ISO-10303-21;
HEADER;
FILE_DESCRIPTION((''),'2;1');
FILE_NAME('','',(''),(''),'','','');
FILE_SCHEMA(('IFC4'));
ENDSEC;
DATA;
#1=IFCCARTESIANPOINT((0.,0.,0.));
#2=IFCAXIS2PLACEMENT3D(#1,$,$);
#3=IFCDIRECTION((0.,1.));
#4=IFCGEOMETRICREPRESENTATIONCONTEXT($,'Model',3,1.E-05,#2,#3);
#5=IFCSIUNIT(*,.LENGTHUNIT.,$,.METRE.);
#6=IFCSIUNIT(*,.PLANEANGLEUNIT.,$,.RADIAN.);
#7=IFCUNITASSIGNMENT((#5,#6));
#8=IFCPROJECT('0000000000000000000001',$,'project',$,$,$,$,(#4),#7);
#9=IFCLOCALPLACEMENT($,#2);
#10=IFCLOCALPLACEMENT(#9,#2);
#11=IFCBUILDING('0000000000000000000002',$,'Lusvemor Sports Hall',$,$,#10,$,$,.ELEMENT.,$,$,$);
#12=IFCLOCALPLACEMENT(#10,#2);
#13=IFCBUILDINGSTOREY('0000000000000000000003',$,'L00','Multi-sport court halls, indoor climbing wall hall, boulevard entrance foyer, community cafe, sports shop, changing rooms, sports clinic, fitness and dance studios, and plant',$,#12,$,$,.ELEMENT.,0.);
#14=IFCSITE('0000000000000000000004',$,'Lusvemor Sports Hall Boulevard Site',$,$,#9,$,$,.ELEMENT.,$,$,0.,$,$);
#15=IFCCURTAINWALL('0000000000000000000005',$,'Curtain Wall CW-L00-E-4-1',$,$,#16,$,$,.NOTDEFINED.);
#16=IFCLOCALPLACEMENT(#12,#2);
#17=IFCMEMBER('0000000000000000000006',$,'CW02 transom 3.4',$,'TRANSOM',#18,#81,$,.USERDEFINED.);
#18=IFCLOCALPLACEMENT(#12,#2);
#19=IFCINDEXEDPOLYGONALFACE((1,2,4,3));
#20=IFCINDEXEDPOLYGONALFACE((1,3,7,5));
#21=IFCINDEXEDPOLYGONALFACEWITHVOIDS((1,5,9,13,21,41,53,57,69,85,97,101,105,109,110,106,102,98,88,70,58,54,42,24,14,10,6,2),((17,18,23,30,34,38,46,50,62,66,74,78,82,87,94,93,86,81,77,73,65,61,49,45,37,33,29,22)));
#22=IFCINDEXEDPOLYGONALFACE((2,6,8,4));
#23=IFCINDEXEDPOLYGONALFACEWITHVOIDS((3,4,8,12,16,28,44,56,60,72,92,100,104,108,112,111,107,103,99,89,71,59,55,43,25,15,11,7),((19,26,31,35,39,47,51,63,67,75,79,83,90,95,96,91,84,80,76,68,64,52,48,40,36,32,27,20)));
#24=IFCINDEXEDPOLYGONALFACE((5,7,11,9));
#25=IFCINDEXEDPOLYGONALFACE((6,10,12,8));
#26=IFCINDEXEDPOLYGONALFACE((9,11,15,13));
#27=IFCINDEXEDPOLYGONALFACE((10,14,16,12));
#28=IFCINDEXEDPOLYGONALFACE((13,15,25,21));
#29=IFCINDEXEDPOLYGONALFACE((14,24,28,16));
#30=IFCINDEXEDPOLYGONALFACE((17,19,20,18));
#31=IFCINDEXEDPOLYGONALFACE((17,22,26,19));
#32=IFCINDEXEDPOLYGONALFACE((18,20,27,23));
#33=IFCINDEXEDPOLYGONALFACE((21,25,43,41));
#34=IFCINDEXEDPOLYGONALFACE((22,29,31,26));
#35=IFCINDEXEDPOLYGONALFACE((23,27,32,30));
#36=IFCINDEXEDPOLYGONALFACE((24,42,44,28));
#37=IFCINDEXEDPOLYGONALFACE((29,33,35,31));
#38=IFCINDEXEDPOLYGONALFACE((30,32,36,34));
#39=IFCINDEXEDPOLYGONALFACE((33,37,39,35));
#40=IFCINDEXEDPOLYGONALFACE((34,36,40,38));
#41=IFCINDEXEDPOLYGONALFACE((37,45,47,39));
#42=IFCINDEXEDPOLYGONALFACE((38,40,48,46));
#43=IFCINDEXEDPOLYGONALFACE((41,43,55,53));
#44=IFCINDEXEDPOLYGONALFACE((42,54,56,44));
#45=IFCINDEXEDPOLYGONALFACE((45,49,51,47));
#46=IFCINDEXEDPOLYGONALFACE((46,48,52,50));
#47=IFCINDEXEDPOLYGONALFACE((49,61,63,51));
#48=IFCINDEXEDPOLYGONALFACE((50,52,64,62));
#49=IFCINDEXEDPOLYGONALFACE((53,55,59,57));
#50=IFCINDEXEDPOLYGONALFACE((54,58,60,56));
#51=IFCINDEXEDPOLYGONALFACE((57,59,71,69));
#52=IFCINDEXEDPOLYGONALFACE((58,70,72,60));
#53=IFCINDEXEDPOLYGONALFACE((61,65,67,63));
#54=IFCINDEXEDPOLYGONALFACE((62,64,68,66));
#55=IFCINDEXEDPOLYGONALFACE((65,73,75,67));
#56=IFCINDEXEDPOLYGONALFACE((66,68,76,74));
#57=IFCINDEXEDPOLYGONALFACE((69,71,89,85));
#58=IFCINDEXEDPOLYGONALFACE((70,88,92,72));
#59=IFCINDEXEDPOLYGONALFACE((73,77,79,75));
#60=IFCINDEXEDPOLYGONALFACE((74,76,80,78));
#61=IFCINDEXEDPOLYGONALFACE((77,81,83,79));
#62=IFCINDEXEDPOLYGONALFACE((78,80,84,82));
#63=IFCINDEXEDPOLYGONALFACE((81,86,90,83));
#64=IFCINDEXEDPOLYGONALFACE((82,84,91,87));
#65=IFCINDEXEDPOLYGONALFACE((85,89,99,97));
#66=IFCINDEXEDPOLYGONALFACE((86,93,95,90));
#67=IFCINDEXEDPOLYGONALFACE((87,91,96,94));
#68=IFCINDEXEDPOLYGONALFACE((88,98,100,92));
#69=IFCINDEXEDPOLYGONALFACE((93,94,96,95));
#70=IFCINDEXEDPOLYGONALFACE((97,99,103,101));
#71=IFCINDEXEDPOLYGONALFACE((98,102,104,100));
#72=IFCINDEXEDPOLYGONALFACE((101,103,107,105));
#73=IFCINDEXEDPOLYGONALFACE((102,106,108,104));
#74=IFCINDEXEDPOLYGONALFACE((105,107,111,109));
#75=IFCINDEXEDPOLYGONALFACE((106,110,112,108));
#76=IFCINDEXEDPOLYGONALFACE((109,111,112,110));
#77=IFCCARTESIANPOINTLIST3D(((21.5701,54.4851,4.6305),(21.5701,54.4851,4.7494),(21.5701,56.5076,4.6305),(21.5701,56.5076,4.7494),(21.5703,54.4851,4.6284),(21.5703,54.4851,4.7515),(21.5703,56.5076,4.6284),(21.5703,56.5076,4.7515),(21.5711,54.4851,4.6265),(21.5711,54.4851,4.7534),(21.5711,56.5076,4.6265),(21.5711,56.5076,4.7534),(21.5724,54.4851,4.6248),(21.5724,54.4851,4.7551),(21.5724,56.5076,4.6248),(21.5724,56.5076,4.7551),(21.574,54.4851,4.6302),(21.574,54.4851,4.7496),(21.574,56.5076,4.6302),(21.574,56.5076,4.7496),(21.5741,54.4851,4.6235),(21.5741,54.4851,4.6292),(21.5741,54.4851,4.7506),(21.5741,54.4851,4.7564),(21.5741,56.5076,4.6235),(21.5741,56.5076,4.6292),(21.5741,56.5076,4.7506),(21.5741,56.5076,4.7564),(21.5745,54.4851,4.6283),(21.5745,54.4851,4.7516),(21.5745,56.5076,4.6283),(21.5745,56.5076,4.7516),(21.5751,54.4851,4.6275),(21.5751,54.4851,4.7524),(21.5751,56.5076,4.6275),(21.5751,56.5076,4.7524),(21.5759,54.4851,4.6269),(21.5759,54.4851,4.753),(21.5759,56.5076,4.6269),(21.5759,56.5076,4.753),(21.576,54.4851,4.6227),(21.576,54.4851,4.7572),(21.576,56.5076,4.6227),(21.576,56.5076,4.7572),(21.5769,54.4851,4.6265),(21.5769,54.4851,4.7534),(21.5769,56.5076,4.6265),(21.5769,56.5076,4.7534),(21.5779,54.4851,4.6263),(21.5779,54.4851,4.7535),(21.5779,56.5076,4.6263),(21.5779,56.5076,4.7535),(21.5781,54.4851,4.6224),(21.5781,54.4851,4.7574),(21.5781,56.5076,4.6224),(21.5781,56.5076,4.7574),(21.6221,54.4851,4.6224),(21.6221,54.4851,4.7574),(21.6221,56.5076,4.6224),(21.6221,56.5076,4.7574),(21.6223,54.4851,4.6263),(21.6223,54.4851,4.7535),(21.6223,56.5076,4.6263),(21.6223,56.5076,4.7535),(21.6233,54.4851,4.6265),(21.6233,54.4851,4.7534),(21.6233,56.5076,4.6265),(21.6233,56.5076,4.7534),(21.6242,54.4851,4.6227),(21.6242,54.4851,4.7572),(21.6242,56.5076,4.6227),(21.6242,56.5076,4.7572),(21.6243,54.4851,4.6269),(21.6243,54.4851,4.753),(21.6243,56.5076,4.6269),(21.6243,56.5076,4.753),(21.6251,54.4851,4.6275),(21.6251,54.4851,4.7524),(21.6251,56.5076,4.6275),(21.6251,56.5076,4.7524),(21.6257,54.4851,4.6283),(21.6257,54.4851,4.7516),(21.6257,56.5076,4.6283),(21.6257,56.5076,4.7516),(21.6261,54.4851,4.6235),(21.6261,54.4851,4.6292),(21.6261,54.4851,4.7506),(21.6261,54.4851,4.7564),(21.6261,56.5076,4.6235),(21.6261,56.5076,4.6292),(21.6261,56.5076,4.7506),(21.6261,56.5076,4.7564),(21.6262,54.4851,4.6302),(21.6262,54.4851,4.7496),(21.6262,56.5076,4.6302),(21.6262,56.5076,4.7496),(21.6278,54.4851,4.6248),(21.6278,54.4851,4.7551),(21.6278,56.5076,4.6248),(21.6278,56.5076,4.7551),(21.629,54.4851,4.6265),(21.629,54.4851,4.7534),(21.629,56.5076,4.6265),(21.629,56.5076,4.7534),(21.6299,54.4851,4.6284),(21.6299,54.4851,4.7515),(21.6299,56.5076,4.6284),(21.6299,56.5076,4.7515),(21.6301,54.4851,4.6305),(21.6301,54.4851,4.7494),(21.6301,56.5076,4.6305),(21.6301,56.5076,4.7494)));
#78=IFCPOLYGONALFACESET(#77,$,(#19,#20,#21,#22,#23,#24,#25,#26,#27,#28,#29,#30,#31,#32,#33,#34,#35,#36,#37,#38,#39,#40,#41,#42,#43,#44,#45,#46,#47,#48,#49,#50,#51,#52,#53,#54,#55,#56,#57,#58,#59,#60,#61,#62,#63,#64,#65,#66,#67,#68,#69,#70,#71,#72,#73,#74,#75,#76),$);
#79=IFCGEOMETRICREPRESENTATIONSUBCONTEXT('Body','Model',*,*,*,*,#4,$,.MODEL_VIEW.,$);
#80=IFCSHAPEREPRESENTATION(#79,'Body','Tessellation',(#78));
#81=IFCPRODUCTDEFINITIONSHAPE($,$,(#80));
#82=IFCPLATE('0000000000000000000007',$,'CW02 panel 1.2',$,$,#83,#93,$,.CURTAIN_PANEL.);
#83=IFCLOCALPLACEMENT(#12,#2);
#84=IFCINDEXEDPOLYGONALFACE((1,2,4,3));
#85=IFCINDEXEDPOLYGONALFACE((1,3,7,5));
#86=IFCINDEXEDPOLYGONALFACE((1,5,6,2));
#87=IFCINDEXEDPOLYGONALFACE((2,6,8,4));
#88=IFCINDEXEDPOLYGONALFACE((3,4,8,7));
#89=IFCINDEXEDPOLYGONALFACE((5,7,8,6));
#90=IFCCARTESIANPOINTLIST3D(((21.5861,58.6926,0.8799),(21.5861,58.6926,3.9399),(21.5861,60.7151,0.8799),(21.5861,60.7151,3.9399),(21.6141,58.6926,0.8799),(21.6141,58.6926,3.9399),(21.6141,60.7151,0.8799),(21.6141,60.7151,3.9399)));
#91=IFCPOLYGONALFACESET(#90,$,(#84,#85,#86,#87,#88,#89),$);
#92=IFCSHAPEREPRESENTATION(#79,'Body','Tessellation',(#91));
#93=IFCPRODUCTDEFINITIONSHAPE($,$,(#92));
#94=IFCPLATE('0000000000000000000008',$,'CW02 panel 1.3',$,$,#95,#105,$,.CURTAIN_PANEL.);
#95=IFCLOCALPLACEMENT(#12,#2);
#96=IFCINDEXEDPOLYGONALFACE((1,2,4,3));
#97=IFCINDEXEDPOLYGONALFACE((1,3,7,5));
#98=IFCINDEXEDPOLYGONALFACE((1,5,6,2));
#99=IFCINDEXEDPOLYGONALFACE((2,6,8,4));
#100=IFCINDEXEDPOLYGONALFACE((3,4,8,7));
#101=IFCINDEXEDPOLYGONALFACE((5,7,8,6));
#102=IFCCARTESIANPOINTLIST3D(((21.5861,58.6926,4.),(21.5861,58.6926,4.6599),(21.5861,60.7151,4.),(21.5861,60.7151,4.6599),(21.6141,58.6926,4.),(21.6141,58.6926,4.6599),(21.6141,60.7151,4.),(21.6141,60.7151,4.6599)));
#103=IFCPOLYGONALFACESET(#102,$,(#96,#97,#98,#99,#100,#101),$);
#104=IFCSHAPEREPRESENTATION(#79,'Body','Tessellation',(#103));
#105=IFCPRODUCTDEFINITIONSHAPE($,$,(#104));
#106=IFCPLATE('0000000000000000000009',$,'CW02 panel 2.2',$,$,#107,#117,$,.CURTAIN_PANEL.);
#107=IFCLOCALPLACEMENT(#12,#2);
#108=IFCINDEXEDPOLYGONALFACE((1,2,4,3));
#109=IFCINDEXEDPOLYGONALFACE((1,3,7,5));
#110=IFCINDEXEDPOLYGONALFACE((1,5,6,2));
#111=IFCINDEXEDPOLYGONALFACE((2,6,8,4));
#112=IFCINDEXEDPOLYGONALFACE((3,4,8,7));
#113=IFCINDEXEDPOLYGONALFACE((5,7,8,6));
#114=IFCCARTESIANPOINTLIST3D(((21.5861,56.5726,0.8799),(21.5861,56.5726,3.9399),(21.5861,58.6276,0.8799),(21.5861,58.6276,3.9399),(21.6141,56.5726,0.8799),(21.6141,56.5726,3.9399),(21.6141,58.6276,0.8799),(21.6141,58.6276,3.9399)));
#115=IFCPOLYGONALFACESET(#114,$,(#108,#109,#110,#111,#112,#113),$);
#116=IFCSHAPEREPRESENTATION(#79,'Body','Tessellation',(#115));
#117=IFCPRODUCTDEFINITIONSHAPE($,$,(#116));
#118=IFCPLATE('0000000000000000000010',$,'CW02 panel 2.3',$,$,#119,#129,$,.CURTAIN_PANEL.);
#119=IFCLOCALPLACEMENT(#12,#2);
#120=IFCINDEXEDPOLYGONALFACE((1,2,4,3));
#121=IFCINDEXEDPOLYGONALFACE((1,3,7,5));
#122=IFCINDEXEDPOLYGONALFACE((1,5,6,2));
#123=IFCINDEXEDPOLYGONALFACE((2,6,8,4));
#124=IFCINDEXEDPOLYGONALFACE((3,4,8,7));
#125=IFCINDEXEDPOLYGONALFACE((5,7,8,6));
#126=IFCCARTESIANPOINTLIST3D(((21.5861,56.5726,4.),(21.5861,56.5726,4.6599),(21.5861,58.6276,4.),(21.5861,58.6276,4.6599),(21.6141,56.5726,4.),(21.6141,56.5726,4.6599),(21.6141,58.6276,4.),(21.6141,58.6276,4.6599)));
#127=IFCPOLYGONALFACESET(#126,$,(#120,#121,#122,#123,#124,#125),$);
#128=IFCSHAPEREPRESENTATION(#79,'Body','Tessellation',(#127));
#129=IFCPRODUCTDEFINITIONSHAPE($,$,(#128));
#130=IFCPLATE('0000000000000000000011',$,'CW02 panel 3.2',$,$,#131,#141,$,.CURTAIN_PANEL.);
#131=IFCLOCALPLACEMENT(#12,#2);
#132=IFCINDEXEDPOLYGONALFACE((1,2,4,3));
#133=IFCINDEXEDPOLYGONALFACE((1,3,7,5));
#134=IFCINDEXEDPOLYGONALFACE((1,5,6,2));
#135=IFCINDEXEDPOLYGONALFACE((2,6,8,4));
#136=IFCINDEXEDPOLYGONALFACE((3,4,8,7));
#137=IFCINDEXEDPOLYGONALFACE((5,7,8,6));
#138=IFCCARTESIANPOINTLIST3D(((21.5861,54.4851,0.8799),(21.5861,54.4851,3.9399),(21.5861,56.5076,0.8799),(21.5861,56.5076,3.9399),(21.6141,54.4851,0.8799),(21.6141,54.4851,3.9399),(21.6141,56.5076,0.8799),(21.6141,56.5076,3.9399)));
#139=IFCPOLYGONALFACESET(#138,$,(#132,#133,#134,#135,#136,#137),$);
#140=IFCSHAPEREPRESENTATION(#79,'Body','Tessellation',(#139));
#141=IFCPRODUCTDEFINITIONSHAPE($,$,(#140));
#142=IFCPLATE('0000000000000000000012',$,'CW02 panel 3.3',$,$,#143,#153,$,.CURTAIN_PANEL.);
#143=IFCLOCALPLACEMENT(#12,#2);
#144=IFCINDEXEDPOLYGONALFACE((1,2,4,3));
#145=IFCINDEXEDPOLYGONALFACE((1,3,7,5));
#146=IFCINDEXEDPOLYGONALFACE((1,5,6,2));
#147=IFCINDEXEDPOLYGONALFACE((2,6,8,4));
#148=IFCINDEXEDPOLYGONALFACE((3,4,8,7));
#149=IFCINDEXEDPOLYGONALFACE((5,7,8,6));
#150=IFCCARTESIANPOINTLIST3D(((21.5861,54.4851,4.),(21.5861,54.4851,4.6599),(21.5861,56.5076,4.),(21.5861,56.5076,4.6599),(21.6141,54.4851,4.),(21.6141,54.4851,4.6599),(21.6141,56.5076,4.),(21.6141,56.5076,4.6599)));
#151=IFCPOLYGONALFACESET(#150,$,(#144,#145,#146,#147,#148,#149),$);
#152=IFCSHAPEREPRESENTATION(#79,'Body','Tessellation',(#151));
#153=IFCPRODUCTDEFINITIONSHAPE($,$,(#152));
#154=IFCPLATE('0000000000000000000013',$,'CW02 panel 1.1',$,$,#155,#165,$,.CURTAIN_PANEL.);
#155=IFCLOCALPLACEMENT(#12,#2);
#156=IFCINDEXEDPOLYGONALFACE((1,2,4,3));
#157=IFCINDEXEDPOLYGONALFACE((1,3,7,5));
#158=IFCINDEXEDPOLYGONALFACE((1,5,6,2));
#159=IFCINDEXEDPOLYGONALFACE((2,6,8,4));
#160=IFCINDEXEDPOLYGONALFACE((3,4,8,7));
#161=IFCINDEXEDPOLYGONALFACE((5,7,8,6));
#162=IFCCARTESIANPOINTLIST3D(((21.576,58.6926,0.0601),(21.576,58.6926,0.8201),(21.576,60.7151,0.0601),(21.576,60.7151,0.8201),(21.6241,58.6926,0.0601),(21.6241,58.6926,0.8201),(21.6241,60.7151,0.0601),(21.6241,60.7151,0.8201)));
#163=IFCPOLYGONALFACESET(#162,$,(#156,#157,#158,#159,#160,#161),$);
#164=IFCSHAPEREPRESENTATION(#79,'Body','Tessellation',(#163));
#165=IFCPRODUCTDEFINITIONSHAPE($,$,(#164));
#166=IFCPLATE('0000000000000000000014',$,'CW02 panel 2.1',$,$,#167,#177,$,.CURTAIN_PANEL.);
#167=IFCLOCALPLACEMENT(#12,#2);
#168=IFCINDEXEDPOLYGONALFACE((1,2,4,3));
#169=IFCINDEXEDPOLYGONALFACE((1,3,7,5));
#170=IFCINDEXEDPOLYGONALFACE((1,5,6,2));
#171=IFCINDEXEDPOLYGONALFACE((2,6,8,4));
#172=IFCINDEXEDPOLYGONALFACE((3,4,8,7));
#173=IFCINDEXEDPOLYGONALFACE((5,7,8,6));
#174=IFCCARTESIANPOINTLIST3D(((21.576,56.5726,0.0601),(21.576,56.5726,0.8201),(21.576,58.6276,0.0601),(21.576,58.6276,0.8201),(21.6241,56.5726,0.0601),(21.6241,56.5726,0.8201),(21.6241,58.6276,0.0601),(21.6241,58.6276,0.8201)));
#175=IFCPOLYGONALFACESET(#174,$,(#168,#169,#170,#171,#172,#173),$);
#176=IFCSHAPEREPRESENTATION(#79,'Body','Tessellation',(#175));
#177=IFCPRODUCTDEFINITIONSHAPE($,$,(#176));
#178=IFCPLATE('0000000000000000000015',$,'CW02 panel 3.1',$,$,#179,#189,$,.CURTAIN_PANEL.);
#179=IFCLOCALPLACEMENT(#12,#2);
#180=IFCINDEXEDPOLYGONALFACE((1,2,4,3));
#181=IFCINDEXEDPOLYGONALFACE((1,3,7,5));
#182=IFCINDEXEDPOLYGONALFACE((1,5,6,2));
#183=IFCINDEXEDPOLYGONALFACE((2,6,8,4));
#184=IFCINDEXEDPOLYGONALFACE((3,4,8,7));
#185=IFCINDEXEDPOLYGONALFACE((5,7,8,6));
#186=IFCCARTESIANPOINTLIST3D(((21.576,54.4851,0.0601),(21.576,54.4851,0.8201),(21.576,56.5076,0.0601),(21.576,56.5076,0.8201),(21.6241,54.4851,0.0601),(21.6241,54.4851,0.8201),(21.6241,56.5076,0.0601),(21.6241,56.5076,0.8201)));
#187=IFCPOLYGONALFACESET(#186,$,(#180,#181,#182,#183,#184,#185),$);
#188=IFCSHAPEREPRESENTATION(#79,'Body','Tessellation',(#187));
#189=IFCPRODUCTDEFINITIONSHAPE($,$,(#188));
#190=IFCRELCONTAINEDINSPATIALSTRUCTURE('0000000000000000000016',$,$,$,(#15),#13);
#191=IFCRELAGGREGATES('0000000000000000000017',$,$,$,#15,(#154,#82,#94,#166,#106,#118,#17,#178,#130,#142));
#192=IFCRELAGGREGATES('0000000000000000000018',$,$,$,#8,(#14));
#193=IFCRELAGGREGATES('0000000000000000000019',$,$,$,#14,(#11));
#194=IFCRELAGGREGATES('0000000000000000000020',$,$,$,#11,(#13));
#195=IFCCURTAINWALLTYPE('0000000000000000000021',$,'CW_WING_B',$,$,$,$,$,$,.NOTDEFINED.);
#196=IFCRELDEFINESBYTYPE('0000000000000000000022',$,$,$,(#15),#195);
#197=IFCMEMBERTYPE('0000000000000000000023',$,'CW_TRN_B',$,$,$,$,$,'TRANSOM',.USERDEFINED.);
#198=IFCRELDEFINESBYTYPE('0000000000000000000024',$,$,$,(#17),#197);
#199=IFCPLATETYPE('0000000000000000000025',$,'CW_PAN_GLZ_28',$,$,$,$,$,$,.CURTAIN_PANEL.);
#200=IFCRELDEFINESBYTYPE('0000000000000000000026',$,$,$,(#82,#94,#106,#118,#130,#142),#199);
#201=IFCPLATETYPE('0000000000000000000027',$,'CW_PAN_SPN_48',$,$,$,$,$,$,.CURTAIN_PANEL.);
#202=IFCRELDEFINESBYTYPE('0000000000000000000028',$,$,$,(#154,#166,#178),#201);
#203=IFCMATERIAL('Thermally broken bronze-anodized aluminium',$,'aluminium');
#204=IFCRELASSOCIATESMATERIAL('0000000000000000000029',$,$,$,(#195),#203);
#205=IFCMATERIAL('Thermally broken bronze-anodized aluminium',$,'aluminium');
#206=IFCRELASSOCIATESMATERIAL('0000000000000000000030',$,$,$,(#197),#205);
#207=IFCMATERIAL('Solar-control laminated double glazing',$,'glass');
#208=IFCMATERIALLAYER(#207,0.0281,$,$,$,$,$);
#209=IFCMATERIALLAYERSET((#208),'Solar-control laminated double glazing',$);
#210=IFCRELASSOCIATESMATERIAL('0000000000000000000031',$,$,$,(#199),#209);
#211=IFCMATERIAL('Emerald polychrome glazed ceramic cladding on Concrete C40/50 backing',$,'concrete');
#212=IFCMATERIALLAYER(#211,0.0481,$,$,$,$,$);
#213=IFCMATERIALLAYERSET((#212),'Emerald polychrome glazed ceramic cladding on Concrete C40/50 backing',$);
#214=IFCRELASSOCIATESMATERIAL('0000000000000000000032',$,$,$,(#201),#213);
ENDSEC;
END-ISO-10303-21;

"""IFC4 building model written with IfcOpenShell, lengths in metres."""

from ifc_helpers import new_model, si_unit, direction, frame, origin, origin_2d, place, context, subcontext, project, spatial, rectangle, hollow_rectangle, extrude, material, layer, layer_set, material_profile, profile_set, type_object, element, aggregate, save


model = new_model("IFC4")

# Units and contexts
model_context = context("Model", 3, precision=1e-05, world=origin(), true_north=direction((0.0, 1.0)))
body_context = subcontext(model_context, "Body", "Model", "MODEL_VIEW")
ifc_project = project(units=[si_unit("LENGTHUNIT", "METRE"), si_unit("PLANEANGLEUNIT", "RADIAN")], contexts=[model_context])

# Site, building, storey
site_placement = place(None, origin())
site = spatial("IfcSite", under=ifc_project, at=site_placement, Name="Lusvemor Sports Hall Boulevard Site", CompositionType="ELEMENT", RefElevation=0.0)
building_placement = place(site_placement, origin())
building = spatial("IfcBuilding", under=site, at=building_placement, Name="Lusvemor Sports Hall", CompositionType="ELEMENT")
storey_placement = place(building_placement, origin())
storey = spatial("IfcBuildingStorey", under=building, at=storey_placement, Name="L00", Description="Multi-sport court halls, indoor climbing wall hall, boulevard entrance foyer, community cafe, sports shop, changing rooms, sports clinic, fitness and dance studios, and plant", CompositionType="ELEMENT", Elevation=0.0)

# Curtain wall, member, plates
ifc_material_1 = material(Name="Thermally broken bronze-anodized aluminium", Category="aluminium")
curtain_wall_type = type_object("IfcCurtainWallType", Name="CW_WING_B", PredefinedType="NOTDEFINED", material=ifc_material_1)
curtain_wall_placement = place(storey_placement, origin())
curtain_wall = element("IfcCurtainWall", 1, at=curtain_wall_placement, inside=storey, type_object=curtain_wall_type, Name="Curtain Wall CW-L00-E-4-1", PredefinedType="NOTDEFINED")
ifc_material_2 = material(Name="Thermally broken bronze-anodized aluminium", Category="aluminium")
ifc_material_profile_1 = material_profile(ifc_material_2, hollow_rectangle(XDim=0.0601, YDim=0.135, WallThickness=0.0039, InnerFilletRadius=0.0039, OuterFilletRadius=0.0081, at=origin_2d()), Name="CWTRN135x60x4")
ifc_profile_set_1 = profile_set([ifc_material_profile_1], Name="Thermally broken bronze-anodized aluminium")
member_type_1 = type_object("IfcMemberType", Name="CW_TRN_B", ElementType="TRANSOM", PredefinedType="USERDEFINED", material=ifc_profile_set_1)
member_1_placement = place(storey_placement, frame((21.6001, 56.5076, 4.6899), z_axis=(0.0, -1.0, 0.0), x_axis=(1.0, 0.0, 0.0)))
member_1 = element("IfcMember", 2, at=member_1_placement, type_object=member_type_1, Name="CW02 transom 3.4", ObjectType="TRANSOM", PredefinedType="USERDEFINED", context=body_context, shape_type="SweptSolid", body=[
    extrude(hollow_rectangle(XDim=0.0601, YDim=0.135, WallThickness=0.0039, InnerFilletRadius=0.0039, OuterFilletRadius=0.0081, at=origin_2d()), origin(), (0.0, 0.0, 1.0), 2.0225),
])
ifc_material_3 = material(Name="Solar-control laminated double glazing", Category="glass")
ifc_layer_1 = layer(ifc_material_3, 0.0281)
ifc_layer_set_1 = layer_set([ifc_layer_1], Name="Solar-control laminated double glazing")
plate_type_1 = type_object("IfcPlateType", Name="CW_PAN_GLZ_28", PredefinedType="CURTAIN_PANEL", material=ifc_layer_set_1)
plate_1_placement = place(storey_placement, frame((21.6001, 59.7039, 0.8799), z_axis=(0.0, 0.0, 1.0), x_axis=(0.0, -1.0, 0.0)))
plate_1 = element("IfcPlate", 3, at=plate_1_placement, type_object=plate_type_1, Name="CW02 panel 1.2", PredefinedType="CURTAIN_PANEL", context=body_context, shape_type="SweptSolid", body=[
    extrude(rectangle(XDim=2.0225, YDim=0.0281, at=origin_2d()), origin(), (0.0, 0.0, 1.0), 3.0601),
])
plate_2_placement = place(storey_placement, frame((21.6001, 59.7039, 4.0), z_axis=(0.0, 0.0, 1.0), x_axis=(0.0, -1.0, 0.0)))
plate_2 = element("IfcPlate", 4, at=plate_2_placement, type_object=plate_type_1, Name="CW02 panel 1.3", PredefinedType="CURTAIN_PANEL", context=body_context, shape_type="SweptSolid", body=[
    extrude(rectangle(XDim=2.0225, YDim=0.0281, at=origin_2d()), origin(), (0.0, 0.0, 1.0), 0.6599),
])
plate_3_placement = place(storey_placement, frame((21.6001, 57.6001, 0.8799), z_axis=(0.0, 0.0, 1.0), x_axis=(0.0, -1.0, 0.0)))
plate_3 = element("IfcPlate", 5, at=plate_3_placement, type_object=plate_type_1, Name="CW02 panel 2.2", PredefinedType="CURTAIN_PANEL", context=body_context, shape_type="SweptSolid", body=[
    extrude(rectangle(XDim=2.0549, YDim=0.0281, at=origin_2d()), origin(), (0.0, 0.0, 1.0), 3.0601),
])
plate_4_placement = place(storey_placement, frame((21.6001, 57.6001, 4.0), z_axis=(0.0, 0.0, 1.0), x_axis=(0.0, -1.0, 0.0)))
plate_4 = element("IfcPlate", 6, at=plate_4_placement, type_object=plate_type_1, Name="CW02 panel 2.3", PredefinedType="CURTAIN_PANEL", context=body_context, shape_type="SweptSolid", body=[
    extrude(rectangle(XDim=2.0549, YDim=0.0281, at=origin_2d()), origin(), (0.0, 0.0, 1.0), 0.6599),
])
plate_5_placement = place(storey_placement, frame((21.6001, 55.4963, 0.8799), z_axis=(0.0, 0.0, 1.0), x_axis=(0.0, -1.0, 0.0)))
plate_5 = element("IfcPlate", 7, at=plate_5_placement, type_object=plate_type_1, Name="CW02 panel 3.2", PredefinedType="CURTAIN_PANEL", context=body_context, shape_type="SweptSolid", body=[
    extrude(rectangle(XDim=2.0225, YDim=0.0281, at=origin_2d()), origin(), (0.0, 0.0, 1.0), 3.0601),
])
plate_6_placement = place(storey_placement, frame((21.6001, 55.4963, 4.0), z_axis=(0.0, 0.0, 1.0), x_axis=(0.0, -1.0, 0.0)))
plate_6 = element("IfcPlate", 8, at=plate_6_placement, type_object=plate_type_1, Name="CW02 panel 3.3", PredefinedType="CURTAIN_PANEL", context=body_context, shape_type="SweptSolid", body=[
    extrude(rectangle(XDim=2.0225, YDim=0.0281, at=origin_2d()), origin(), (0.0, 0.0, 1.0), 0.6599),
])
ifc_material_4 = material(Name="Emerald polychrome glazed ceramic cladding on Concrete C40/50 backing", Category="concrete")
ifc_layer_2 = layer(ifc_material_4, 0.0481)
ifc_layer_set_2 = layer_set([ifc_layer_2], Name="Emerald polychrome glazed ceramic cladding on Concrete C40/50 backing")
plate_type_2 = type_object("IfcPlateType", Name="CW_PAN_SPN_48", PredefinedType="CURTAIN_PANEL", material=ifc_layer_set_2)
plate_7_placement = place(storey_placement, frame((21.6001, 59.7039, 0.0601), z_axis=(0.0, 0.0, 1.0), x_axis=(0.0, -1.0, 0.0)))
plate_7 = element("IfcPlate", 9, at=plate_7_placement, type_object=plate_type_2, Name="CW02 panel 1.1", PredefinedType="CURTAIN_PANEL", context=body_context, shape_type="SweptSolid", body=[
    extrude(rectangle(XDim=2.0225, YDim=0.0481, at=origin_2d()), origin(), (0.0, 0.0, 1.0), 0.76),
])
plate_8_placement = place(storey_placement, frame((21.6001, 57.6001, 0.0601), z_axis=(0.0, 0.0, 1.0), x_axis=(0.0, -1.0, 0.0)))
plate_8 = element("IfcPlate", 10, at=plate_8_placement, type_object=plate_type_2, Name="CW02 panel 2.1", PredefinedType="CURTAIN_PANEL", context=body_context, shape_type="SweptSolid", body=[
    extrude(rectangle(XDim=2.0549, YDim=0.0481, at=origin_2d()), origin(), (0.0, 0.0, 1.0), 0.76),
])
plate_9_placement = place(storey_placement, frame((21.6001, 55.4963, 0.0601), z_axis=(0.0, 0.0, 1.0), x_axis=(0.0, -1.0, 0.0)))
plate_9 = element("IfcPlate", 11, at=plate_9_placement, type_object=plate_type_2, Name="CW02 panel 3.1", PredefinedType="CURTAIN_PANEL", context=body_context, shape_type="SweptSolid", body=[
    extrude(rectangle(XDim=2.0225, YDim=0.0481, at=origin_2d()), origin(), (0.0, 0.0, 1.0), 0.76),
])
aggregate(curtain_wall, [plate_7, plate_1, plate_2, plate_8, plate_3, plate_4, member_1, plate_9, plate_5, plate_6])

save(model, "model.ifc")
